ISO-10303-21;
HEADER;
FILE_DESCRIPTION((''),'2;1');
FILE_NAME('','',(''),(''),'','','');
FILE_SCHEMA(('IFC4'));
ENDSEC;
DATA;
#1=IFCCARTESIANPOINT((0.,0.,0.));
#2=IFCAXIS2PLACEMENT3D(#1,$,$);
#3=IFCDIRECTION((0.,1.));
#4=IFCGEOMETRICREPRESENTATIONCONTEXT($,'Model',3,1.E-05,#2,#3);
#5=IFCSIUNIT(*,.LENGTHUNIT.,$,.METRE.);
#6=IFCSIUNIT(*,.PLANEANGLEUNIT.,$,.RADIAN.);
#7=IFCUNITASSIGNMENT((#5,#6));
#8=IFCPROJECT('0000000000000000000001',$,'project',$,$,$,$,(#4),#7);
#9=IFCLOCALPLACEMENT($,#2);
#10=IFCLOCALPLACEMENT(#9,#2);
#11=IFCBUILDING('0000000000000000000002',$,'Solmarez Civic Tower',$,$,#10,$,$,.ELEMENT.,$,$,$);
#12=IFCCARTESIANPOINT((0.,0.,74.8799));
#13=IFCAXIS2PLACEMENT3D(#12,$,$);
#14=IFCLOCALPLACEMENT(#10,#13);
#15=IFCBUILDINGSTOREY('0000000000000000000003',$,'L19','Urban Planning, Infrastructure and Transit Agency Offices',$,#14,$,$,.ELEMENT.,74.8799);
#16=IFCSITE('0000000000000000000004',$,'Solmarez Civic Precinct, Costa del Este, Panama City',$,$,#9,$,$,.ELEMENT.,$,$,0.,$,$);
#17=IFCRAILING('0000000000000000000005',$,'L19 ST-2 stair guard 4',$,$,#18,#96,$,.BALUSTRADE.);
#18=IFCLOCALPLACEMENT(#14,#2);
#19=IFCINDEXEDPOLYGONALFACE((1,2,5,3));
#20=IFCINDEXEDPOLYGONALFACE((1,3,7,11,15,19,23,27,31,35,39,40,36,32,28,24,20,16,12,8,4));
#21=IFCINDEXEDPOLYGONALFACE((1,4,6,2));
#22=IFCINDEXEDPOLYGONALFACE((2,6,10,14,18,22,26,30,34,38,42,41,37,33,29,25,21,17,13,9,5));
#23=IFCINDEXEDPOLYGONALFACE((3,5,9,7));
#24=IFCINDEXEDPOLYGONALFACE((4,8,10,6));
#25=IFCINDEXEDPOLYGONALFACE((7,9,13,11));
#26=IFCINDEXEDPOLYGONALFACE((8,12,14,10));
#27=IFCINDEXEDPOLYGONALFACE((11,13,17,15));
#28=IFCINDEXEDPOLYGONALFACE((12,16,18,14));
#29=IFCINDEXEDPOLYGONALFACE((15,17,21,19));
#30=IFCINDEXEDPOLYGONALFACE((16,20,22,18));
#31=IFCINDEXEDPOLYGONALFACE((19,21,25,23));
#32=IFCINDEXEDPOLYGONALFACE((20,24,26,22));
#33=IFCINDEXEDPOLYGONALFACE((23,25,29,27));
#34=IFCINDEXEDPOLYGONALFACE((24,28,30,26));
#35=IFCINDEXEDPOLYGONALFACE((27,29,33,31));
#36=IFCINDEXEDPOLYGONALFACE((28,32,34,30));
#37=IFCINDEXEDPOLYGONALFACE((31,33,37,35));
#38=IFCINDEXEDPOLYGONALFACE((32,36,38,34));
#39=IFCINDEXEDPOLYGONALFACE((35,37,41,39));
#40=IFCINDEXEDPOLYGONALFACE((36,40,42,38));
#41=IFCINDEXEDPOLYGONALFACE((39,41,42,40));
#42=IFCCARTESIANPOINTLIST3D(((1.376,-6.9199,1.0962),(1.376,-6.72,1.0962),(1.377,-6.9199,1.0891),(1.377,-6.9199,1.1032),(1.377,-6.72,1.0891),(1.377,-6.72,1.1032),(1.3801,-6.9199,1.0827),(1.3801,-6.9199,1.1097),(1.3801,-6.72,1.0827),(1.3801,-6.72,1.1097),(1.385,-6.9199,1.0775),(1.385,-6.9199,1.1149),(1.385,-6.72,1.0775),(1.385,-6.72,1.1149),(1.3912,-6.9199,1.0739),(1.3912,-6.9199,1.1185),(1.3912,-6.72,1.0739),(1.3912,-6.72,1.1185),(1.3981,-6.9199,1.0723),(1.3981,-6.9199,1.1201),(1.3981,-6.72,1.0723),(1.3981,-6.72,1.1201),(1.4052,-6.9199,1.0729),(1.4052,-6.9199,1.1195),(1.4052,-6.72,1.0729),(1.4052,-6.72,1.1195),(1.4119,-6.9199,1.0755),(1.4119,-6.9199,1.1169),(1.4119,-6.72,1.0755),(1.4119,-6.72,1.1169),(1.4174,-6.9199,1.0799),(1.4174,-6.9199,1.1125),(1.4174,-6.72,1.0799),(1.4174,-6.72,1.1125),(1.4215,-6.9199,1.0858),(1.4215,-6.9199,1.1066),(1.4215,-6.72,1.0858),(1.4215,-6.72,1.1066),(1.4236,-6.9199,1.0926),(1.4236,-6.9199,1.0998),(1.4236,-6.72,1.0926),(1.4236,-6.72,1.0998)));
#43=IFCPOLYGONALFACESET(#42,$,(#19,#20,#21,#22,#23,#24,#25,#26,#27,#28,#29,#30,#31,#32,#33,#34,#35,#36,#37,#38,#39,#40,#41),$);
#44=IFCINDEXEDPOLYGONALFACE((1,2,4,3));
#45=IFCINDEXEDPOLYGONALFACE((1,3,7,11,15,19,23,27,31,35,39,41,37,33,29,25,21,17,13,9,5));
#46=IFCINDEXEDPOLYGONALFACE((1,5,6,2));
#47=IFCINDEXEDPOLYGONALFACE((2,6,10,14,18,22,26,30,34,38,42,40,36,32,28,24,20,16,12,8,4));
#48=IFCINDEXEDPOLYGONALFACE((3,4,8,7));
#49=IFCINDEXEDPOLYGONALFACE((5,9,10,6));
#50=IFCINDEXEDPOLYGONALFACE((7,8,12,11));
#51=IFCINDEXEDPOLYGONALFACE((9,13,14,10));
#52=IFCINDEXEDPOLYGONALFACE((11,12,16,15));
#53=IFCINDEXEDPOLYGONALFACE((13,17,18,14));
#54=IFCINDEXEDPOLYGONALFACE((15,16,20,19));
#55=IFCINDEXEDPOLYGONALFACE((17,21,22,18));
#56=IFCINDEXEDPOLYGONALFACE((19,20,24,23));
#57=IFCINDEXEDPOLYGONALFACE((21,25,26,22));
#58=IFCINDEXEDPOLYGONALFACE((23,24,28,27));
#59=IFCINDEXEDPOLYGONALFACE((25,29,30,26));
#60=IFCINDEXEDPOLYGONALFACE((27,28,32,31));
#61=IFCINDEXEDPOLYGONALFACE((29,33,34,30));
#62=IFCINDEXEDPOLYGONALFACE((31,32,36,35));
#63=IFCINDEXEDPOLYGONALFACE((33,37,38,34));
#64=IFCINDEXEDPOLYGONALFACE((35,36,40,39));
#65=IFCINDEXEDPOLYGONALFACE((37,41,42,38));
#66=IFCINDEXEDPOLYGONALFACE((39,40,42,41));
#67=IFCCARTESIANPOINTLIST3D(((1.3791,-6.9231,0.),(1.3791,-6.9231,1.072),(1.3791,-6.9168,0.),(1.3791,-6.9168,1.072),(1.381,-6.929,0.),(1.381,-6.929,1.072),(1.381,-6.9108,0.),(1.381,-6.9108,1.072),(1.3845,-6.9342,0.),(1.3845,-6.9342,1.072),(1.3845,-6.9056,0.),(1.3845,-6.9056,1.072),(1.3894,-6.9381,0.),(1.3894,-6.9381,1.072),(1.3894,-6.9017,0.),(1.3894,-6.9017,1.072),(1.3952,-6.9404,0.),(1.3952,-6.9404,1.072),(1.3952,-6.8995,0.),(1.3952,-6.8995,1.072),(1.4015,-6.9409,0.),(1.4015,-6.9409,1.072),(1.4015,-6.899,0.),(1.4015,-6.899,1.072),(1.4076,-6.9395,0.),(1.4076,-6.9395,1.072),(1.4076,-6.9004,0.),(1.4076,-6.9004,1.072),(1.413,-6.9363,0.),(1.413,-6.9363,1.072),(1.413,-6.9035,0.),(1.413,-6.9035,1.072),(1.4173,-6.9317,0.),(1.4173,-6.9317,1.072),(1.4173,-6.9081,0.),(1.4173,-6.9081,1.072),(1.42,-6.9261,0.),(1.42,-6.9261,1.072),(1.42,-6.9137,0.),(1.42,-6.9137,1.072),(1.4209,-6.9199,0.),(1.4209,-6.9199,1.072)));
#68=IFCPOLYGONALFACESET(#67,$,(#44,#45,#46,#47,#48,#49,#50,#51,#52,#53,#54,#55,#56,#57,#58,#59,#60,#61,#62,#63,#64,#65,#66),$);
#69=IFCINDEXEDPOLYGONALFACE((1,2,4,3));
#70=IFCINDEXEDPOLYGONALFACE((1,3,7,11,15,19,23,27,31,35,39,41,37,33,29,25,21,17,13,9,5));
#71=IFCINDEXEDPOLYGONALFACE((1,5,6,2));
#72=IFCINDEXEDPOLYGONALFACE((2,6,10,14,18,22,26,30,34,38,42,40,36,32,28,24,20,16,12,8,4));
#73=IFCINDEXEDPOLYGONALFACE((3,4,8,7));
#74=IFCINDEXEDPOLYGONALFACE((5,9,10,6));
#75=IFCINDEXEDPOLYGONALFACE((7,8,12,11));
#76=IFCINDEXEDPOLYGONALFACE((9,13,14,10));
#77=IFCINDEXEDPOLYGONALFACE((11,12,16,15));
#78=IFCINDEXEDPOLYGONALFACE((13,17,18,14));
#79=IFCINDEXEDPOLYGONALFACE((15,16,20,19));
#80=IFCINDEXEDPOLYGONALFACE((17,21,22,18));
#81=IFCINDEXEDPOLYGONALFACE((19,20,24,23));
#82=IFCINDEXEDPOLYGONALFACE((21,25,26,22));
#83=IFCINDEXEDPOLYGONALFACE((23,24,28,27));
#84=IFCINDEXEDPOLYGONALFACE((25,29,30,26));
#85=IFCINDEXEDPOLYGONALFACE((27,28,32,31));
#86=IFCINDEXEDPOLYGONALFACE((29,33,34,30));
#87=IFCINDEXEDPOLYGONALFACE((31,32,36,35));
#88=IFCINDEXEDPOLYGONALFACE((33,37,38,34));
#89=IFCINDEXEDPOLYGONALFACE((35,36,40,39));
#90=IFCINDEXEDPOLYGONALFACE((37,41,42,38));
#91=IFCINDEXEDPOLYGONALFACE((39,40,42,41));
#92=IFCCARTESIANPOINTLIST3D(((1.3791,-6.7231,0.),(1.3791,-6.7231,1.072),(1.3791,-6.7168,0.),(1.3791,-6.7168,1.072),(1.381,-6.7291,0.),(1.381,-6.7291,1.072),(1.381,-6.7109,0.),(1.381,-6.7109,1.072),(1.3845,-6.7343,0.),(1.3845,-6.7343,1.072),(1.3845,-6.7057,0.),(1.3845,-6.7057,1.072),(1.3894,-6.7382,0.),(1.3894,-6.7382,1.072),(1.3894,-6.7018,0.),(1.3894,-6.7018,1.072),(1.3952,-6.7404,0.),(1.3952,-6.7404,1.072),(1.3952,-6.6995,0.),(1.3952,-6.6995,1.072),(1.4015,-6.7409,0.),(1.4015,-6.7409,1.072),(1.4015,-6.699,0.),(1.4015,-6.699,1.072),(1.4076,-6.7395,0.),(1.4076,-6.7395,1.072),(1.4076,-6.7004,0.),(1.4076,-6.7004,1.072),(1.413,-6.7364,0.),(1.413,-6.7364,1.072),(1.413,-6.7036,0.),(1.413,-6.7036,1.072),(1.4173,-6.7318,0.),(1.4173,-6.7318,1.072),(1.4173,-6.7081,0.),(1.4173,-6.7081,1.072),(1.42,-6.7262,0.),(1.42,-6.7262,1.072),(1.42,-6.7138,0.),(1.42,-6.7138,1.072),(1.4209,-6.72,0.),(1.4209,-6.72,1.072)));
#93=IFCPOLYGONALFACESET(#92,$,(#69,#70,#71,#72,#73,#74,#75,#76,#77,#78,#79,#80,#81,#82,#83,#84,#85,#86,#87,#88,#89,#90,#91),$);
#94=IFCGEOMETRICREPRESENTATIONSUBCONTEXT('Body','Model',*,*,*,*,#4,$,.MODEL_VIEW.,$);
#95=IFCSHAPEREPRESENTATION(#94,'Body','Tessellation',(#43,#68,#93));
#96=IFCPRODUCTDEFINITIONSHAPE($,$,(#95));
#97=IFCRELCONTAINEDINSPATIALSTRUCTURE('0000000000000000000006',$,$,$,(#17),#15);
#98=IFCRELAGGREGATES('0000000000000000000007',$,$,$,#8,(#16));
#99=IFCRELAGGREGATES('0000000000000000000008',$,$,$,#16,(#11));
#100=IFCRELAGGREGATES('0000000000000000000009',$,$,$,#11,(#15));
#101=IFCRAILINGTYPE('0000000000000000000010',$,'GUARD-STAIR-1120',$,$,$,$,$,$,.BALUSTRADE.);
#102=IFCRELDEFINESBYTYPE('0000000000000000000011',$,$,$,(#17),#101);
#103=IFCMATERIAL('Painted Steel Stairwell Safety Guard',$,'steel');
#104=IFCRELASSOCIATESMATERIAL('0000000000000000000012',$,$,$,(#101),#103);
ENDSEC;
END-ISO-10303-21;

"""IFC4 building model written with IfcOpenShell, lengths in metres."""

from ifc_helpers import new_model, si_unit, direction, frame, origin, origin_2d, place, context, subcontext, project, spatial, circle, extrude, material, type_object, element, save


model = new_model("IFC4")

# Units and contexts
model_context = context("Model", 3, precision=1e-05, world=origin(), true_north=direction((0.0, 1.0)))
body_context = subcontext(model_context, "Body", "Model", "MODEL_VIEW")
ifc_project = project(units=[si_unit("LENGTHUNIT", "METRE"), si_unit("PLANEANGLEUNIT", "RADIAN")], contexts=[model_context])

# Site, building, storey
site_placement = place(None, origin())
site = spatial("IfcSite", under=ifc_project, at=site_placement, Name="Solmarez Civic Precinct, Costa del Este, Panama City", CompositionType="ELEMENT", RefElevation=0.0)
building_placement = place(site_placement, origin())
building = spatial("IfcBuilding", under=site, at=building_placement, Name="Solmarez Civic Tower", CompositionType="ELEMENT")
storey_placement = place(building_placement, frame((0.0, 0.0, 74.8799)))
storey = spatial("IfcBuildingStorey", under=building, at=storey_placement, Name="L19", Description="Urban Planning, Infrastructure and Transit Agency Offices", CompositionType="ELEMENT", Elevation=74.8799)

# Railing
ifc_material_1 = material(Name="Painted Steel Stairwell Safety Guard", Category="steel")
railing_type_1 = type_object("IfcRailingType", Name="GUARD-STAIR-1120", PredefinedType="BALUSTRADE", material=ifc_material_1)
railing_1_placement = place(storey_placement, frame((1.3999, -6.9199, 0.0)))
element("IfcRailing", 1, at=railing_1_placement, inside=storey, type_object=railing_type_1, Name="L19 ST-2 stair guard 4", PredefinedType="BALUSTRADE", context=body_context, shape_type="SweptSolid", body=[
    extrude(circle(Radius=0.0239, at=origin_2d()), frame((0.0, 0.0, 1.0962), z_axis=(0.0, 1.0, 0.0), x_axis=(-1.0, 0.0, 0.0)), (0.0, 0.0, 1.0), 0.2),
    extrude(circle(Radius=0.021, at=origin_2d()), origin(), (0.0, 0.0, 1.0), 1.072),
    extrude(circle(Radius=0.021, at=origin_2d()), frame((0.0, 0.2, 0.0)), (0.0, 0.0, 1.0), 1.072),
])

save(model, "model.ifc")
